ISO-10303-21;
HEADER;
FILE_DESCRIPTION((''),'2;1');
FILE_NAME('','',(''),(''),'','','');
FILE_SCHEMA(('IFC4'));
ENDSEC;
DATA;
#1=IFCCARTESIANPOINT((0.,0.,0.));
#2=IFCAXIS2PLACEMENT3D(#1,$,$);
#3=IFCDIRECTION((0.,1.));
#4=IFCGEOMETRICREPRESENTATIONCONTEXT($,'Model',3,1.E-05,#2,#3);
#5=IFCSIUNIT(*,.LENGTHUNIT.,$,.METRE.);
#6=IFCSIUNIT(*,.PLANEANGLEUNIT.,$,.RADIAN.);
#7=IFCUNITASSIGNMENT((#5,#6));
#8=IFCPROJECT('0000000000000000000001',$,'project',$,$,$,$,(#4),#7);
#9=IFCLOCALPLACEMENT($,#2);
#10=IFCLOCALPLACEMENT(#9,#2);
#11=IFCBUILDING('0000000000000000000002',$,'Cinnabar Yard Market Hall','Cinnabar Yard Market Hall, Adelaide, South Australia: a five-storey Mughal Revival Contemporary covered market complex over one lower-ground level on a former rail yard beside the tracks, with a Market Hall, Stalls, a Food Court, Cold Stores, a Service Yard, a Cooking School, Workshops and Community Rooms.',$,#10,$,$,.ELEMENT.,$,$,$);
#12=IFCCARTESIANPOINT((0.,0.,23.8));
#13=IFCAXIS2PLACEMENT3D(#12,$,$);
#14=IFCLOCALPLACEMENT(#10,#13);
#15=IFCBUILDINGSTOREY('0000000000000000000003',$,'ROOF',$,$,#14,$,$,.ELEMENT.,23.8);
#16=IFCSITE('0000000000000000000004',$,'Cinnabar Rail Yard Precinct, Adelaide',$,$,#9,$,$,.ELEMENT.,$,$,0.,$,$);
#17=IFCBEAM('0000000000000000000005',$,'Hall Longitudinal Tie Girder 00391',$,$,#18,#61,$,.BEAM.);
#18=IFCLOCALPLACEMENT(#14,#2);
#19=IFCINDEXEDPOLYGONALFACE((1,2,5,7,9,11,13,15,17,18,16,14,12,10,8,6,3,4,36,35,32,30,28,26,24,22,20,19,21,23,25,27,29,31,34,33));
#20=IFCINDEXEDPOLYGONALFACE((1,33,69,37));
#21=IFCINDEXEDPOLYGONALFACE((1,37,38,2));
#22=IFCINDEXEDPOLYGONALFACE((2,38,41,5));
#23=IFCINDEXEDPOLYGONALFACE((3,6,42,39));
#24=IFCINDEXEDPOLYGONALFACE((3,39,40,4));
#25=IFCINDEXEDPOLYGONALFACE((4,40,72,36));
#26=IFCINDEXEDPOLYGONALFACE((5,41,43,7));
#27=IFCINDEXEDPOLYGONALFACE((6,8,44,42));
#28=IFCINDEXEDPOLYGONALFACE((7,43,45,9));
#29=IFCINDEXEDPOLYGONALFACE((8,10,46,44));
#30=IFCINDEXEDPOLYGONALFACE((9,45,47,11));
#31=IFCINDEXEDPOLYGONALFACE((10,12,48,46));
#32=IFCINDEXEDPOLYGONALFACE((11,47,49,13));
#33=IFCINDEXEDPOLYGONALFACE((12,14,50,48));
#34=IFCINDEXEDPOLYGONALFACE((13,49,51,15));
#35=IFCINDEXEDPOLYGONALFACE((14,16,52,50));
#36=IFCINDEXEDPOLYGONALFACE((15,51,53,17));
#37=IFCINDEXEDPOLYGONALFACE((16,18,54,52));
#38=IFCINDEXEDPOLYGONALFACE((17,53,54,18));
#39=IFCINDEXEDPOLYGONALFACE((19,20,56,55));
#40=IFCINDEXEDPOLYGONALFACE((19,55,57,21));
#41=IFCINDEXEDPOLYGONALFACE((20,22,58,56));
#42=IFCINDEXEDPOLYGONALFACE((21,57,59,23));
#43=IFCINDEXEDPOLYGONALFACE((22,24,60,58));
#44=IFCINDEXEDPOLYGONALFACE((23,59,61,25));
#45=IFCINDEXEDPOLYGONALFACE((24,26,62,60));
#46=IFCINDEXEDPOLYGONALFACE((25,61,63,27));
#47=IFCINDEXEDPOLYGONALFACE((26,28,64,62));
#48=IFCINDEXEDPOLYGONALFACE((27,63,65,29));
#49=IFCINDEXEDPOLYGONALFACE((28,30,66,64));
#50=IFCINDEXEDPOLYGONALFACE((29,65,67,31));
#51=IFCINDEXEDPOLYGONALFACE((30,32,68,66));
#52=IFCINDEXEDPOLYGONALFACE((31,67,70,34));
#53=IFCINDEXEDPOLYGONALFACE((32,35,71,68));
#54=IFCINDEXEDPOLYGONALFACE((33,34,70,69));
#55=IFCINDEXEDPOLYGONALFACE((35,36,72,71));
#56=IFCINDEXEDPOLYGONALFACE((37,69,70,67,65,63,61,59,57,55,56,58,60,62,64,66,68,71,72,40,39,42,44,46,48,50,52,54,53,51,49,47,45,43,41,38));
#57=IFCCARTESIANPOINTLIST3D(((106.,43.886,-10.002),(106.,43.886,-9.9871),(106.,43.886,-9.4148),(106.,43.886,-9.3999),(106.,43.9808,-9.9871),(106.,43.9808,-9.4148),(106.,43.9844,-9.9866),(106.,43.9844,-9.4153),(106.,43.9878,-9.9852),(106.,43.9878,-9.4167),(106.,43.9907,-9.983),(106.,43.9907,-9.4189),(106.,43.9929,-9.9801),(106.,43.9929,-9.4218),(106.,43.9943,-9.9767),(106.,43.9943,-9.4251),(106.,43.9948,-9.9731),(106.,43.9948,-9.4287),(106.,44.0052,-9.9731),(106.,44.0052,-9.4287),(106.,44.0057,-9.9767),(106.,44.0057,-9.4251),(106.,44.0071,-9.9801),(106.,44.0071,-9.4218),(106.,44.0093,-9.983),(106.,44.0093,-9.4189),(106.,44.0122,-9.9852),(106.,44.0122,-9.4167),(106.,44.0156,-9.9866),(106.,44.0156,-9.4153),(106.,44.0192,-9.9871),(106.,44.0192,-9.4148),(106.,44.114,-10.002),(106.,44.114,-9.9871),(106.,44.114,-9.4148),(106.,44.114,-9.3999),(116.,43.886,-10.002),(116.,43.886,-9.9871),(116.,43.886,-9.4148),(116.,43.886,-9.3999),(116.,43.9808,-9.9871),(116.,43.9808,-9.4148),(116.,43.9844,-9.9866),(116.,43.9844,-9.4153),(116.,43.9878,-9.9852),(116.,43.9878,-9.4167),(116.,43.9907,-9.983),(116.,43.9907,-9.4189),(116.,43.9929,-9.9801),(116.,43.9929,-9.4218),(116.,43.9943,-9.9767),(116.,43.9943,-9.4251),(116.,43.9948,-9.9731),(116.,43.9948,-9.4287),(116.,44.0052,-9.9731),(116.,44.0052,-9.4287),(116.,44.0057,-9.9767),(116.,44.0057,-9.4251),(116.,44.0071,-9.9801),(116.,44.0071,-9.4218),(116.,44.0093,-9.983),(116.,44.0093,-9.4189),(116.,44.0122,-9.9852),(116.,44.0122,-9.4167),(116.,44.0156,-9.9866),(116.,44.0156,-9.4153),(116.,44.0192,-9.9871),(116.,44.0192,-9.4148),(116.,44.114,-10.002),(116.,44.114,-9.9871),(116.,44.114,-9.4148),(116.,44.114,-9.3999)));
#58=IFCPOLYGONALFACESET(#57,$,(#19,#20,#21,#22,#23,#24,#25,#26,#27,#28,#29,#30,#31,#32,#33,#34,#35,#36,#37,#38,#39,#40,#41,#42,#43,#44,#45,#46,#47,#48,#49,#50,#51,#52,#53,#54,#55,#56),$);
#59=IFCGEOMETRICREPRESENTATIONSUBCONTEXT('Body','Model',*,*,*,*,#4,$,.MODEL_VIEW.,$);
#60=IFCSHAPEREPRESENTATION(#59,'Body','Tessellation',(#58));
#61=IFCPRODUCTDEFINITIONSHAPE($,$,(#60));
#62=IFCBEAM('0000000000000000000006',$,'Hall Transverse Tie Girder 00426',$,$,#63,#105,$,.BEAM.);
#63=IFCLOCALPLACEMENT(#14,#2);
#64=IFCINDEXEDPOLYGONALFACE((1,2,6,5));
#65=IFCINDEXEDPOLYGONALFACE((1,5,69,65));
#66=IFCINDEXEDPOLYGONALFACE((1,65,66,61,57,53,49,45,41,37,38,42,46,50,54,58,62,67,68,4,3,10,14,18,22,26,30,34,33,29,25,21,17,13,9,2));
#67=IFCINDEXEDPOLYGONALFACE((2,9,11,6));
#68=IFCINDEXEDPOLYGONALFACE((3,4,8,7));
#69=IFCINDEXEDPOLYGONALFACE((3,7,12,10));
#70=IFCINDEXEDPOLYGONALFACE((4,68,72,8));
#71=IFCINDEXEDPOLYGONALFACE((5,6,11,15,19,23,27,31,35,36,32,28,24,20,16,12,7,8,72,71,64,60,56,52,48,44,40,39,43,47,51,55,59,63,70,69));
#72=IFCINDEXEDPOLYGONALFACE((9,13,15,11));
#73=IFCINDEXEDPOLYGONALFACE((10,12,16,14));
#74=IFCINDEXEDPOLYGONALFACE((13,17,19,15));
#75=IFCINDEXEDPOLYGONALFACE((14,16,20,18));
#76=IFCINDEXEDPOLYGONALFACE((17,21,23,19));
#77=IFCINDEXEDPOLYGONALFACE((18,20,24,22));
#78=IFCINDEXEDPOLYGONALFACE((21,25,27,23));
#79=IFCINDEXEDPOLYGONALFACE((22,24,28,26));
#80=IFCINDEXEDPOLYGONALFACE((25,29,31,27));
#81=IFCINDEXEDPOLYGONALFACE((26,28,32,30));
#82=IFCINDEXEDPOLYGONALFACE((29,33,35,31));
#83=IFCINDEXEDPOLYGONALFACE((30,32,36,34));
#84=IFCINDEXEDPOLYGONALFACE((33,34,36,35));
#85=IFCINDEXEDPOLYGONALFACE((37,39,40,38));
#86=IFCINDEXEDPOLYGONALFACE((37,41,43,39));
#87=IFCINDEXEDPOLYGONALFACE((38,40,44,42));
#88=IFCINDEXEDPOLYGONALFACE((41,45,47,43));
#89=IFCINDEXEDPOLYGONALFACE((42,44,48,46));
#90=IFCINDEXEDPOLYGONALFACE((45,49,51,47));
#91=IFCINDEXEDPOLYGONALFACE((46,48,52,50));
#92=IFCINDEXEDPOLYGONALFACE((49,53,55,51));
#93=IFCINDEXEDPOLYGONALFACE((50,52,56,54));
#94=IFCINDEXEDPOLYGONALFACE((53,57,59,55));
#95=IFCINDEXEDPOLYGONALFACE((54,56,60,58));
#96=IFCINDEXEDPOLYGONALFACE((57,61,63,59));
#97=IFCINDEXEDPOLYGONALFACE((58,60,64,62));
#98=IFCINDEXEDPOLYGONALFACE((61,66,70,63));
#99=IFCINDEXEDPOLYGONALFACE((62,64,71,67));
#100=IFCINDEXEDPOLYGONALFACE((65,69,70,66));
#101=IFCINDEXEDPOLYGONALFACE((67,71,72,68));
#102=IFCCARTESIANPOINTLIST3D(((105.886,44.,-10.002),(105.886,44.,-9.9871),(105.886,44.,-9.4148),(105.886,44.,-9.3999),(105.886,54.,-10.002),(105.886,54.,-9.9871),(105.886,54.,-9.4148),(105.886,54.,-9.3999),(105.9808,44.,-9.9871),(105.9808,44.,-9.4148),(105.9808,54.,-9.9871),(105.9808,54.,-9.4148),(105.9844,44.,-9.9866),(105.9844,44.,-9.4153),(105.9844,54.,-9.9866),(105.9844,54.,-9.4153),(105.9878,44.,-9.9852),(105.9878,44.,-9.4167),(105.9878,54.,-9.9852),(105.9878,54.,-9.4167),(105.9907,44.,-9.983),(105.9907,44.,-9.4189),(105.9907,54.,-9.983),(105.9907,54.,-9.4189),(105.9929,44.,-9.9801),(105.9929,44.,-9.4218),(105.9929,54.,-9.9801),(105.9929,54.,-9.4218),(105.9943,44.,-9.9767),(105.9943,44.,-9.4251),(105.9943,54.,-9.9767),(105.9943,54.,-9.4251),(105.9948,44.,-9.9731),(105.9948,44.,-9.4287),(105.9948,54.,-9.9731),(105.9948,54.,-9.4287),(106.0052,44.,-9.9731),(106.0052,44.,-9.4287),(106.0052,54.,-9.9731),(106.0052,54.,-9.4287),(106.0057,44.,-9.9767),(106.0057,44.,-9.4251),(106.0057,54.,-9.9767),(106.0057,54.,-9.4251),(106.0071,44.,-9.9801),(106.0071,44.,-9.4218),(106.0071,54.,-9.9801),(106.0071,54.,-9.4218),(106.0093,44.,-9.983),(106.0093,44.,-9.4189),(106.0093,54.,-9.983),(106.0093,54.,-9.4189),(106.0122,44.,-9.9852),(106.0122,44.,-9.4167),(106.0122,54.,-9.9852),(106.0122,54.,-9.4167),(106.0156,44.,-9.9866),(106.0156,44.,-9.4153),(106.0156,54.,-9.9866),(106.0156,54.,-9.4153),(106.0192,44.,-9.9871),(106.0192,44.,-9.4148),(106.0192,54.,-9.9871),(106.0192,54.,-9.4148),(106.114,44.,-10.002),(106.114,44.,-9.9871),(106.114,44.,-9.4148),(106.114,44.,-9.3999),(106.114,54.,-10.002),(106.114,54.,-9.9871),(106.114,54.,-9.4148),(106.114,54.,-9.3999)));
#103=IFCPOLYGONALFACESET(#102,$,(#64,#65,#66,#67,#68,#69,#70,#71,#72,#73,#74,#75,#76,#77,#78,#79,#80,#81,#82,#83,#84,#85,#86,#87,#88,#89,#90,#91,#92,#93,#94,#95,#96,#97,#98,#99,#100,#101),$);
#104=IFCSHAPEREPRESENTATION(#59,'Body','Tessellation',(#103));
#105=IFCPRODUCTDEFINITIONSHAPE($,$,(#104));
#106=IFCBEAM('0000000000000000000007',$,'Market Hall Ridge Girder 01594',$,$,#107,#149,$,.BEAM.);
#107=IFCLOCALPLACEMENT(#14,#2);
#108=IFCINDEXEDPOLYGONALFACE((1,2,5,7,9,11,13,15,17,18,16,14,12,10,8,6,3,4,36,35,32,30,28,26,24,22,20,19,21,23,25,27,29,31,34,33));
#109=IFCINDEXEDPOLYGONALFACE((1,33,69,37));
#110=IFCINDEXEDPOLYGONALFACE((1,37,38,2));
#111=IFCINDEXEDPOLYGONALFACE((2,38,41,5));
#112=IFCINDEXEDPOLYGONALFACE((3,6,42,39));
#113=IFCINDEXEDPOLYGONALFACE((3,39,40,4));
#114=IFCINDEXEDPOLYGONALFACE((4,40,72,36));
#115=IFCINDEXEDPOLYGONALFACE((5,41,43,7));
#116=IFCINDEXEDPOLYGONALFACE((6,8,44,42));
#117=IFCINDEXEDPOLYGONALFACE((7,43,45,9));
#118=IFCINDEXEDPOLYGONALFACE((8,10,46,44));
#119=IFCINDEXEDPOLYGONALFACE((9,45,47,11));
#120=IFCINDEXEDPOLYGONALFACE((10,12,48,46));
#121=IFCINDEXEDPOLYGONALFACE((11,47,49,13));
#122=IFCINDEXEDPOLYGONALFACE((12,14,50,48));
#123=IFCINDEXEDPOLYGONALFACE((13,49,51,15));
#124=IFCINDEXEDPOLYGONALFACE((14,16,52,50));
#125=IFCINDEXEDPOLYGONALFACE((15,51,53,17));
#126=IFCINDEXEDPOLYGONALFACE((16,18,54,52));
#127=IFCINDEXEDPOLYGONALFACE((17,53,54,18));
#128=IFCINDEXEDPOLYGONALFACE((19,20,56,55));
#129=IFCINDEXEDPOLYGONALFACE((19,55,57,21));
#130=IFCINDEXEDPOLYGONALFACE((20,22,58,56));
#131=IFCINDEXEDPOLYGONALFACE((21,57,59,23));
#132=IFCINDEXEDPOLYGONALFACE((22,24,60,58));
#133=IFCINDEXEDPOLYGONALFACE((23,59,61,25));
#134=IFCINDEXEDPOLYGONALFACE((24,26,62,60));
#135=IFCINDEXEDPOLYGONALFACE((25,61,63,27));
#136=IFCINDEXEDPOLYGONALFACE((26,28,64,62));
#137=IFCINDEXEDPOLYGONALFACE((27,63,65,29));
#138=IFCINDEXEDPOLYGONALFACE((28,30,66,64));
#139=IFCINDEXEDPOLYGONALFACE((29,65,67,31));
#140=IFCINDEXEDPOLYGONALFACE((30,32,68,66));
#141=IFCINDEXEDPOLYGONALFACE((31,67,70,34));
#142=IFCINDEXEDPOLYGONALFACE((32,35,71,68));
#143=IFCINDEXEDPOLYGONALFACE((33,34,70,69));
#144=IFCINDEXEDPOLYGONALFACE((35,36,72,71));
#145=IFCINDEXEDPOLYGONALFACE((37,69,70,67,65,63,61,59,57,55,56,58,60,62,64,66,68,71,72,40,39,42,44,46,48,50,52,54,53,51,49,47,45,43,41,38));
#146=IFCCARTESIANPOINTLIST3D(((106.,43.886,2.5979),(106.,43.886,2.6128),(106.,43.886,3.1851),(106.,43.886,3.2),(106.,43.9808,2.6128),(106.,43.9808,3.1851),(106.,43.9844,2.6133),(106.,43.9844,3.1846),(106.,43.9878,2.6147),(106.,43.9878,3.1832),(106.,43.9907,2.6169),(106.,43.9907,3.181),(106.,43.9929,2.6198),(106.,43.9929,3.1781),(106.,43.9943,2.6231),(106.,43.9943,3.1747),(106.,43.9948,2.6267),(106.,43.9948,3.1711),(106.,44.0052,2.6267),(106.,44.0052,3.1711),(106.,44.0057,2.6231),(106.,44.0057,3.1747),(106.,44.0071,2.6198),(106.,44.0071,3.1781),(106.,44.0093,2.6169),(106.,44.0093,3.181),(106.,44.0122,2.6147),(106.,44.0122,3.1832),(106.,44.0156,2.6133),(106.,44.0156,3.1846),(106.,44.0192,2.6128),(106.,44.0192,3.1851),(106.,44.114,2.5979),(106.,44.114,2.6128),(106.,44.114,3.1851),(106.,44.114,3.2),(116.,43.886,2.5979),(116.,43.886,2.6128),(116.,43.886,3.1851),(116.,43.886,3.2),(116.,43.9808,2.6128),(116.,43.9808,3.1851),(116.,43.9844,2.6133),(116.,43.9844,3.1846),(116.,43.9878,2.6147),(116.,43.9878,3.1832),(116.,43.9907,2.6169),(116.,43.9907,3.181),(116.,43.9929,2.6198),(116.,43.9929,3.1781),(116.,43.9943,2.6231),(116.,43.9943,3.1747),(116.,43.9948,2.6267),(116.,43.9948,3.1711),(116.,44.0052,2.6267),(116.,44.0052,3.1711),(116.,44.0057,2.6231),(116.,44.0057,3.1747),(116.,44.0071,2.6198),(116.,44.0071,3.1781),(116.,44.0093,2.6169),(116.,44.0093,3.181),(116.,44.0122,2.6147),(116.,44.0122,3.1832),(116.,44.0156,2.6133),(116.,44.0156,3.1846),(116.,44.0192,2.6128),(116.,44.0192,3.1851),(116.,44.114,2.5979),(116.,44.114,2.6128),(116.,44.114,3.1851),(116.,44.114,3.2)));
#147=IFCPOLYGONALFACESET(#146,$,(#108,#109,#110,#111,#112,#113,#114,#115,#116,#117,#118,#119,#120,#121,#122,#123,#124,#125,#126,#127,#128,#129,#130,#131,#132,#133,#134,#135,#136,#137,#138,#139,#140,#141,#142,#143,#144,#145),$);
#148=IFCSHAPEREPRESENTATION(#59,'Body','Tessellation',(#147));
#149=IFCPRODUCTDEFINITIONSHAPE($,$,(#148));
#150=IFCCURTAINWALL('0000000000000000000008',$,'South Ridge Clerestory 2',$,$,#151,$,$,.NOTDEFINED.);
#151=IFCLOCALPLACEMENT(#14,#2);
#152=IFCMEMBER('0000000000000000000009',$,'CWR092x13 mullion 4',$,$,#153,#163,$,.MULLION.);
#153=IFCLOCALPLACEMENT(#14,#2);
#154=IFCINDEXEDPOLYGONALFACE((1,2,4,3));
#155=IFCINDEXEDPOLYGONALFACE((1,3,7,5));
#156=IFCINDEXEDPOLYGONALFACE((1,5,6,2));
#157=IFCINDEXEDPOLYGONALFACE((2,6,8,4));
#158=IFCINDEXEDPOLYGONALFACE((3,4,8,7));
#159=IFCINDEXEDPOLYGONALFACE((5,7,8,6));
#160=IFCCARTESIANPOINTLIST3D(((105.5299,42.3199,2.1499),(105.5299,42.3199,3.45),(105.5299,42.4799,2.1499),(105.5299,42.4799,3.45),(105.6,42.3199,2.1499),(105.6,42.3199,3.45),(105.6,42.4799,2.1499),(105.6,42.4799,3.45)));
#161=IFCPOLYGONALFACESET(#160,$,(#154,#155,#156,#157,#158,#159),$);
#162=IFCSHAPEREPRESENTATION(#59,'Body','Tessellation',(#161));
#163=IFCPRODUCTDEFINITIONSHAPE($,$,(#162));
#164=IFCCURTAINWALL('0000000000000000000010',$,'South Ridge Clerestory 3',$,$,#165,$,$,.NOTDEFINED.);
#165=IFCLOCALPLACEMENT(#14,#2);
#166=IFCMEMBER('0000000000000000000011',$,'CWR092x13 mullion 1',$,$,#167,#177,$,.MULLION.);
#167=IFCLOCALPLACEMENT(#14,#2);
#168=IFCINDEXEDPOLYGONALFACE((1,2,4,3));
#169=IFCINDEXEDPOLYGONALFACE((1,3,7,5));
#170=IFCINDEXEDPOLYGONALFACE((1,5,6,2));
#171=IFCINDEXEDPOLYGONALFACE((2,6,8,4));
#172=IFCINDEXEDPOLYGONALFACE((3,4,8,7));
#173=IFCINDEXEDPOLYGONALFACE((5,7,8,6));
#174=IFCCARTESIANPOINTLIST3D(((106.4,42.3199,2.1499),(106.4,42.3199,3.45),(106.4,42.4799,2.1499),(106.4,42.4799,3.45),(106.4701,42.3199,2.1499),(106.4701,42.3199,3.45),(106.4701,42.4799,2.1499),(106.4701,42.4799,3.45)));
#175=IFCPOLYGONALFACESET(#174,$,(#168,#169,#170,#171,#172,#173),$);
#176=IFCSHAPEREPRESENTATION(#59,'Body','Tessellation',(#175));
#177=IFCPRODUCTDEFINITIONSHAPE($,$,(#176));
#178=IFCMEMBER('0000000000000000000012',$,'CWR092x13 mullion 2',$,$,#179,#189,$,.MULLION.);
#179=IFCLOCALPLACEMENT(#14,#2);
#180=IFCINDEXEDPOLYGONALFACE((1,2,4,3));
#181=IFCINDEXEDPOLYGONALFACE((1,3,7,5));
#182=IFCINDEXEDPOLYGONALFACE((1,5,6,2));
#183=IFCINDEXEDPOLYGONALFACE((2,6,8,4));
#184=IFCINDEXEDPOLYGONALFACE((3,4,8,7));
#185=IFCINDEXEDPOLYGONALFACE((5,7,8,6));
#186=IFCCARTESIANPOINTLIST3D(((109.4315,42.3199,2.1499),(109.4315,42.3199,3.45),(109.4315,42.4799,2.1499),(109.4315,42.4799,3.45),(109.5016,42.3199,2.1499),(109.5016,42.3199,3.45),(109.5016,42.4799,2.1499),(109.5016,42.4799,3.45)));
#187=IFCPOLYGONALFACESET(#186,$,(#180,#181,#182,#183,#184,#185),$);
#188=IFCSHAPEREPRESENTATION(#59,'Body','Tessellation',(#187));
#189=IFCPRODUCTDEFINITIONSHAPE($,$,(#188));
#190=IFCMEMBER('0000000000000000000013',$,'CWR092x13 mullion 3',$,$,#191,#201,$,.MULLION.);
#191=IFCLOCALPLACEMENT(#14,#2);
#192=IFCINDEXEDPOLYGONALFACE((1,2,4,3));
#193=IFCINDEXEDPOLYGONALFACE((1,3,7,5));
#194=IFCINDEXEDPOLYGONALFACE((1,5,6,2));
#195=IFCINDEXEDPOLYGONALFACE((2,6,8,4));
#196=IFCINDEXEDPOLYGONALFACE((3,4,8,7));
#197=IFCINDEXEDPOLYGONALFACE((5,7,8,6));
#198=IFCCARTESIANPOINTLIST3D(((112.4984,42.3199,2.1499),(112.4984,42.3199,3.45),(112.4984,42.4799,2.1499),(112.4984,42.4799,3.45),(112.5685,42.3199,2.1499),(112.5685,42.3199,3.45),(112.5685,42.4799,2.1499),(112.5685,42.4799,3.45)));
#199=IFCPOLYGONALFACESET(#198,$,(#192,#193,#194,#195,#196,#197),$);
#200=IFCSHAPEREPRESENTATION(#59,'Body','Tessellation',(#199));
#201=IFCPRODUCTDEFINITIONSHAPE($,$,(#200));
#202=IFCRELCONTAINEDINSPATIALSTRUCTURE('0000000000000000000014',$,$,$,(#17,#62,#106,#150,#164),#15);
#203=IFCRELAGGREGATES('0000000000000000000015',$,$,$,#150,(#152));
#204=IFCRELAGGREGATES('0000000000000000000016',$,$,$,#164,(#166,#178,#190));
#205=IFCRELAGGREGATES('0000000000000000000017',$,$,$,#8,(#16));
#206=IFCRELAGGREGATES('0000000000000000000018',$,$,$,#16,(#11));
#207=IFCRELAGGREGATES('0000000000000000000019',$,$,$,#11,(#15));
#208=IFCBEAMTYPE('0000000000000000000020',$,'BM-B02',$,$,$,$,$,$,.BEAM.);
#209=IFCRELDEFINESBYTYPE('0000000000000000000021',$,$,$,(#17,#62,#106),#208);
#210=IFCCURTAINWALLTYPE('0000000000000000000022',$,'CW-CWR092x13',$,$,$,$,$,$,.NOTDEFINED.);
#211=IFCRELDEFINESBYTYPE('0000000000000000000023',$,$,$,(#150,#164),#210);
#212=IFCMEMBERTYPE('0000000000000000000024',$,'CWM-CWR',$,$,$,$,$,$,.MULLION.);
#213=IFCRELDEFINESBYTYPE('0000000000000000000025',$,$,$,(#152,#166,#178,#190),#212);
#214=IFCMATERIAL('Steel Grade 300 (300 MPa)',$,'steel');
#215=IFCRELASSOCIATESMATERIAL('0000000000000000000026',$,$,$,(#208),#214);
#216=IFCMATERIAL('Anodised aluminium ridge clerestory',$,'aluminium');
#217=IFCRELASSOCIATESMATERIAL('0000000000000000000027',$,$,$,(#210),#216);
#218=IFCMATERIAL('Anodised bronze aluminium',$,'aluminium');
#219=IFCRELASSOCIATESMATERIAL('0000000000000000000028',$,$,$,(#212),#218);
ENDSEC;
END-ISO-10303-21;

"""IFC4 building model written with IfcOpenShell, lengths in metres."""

from ifc_helpers import new_model, si_unit, direction, frame, origin, origin_2d_with_axis, place, context, subcontext, project, spatial, rectangle, i_section, extrude, material, material_profile, profile_set, type_object, element, aggregate, save


model = new_model("IFC4")

# Units and contexts
model_context = context("Model", 3, precision=1e-05, world=origin(), true_north=direction((0.0, 1.0)))
body_context = subcontext(model_context, "Body", "Model", "MODEL_VIEW")
ifc_project = project(units=[si_unit("LENGTHUNIT", "METRE"), si_unit("PLANEANGLEUNIT", "RADIAN")], contexts=[model_context])

# Site, building, storey
site_placement = place(None, origin())
site = spatial("IfcSite", under=ifc_project, at=site_placement, Name="Cinnabar Rail Yard Precinct, Adelaide", CompositionType="ELEMENT", RefElevation=0.0)
building_placement = place(site_placement, origin())
building = spatial("IfcBuilding", under=site, at=building_placement, Name="Cinnabar Yard Market Hall", Description="Cinnabar Yard Market Hall, Adelaide, South Australia: a five-storey Mughal Revival Contemporary covered market complex over one lower-ground level on a former rail yard beside the tracks, with a Market Hall, Stalls, a Food Court, Cold Stores, a Service Yard, a Cooking School, Workshops and Community Rooms.", CompositionType="ELEMENT")
storey_placement = place(building_placement, frame((0.0, 0.0, 23.8)))
storey = spatial("IfcBuildingStorey", under=building, at=storey_placement, Name="ROOF", CompositionType="ELEMENT", Elevation=23.8)

# Beams
ifc_material_1 = material(Name="Steel Grade 300 (300 MPa)", Category="steel")
ifc_material_profile_1 = material_profile(ifc_material_1, i_section(OverallWidth=0.228, OverallDepth=0.6021, WebThickness=0.0105, FlangeThickness=0.0149, FilletRadius=0.0139, at=origin_2d_with_axis()), Name="610UB101")
ifc_profile_set_1 = profile_set([ifc_material_profile_1], Name="Steel Grade 300 (300 MPa)")
beam_type = type_object("IfcBeamType", Name="BM-B02", PredefinedType="BEAM", material=ifc_profile_set_1)
for number, where, z_axis, x_axis, name in (
    (1, (106.0, 44.0, -9.7009), (1.0, 0.0, 0.0), (0.0, 1.0, 0.0), "Hall Longitudinal Tie Girder 00391"),
    (2, (106.0, 44.0, -9.7009), (0.0, 1.0, 0.0), (-1.0, 0.0, 0.0), "Hall Transverse Tie Girder 00426"),
    (3, (106.0, 44.0, 2.8989), (1.0, 0.0, 0.0), (0.0, 1.0, 0.0), "Market Hall Ridge Girder 01594"),
):
    element("IfcBeam", number, at=place(storey_placement, frame(where, z_axis=z_axis, x_axis=x_axis)), inside=storey, type_object=beam_type, Name=name, PredefinedType="BEAM", context=body_context, shape_type="SweptSolid", body=[
        extrude(i_section(OverallWidth=0.228, OverallDepth=0.6021, WebThickness=0.0105, FlangeThickness=0.0149, FilletRadius=0.0139, at=origin_2d_with_axis()), origin(), (0.0, 0.0, 1.0), 10.0),
    ])

# Curtain wall, member
ifc_material_2 = material(Name="Anodised aluminium ridge clerestory", Category="aluminium")
curtain_wall_type = type_object("IfcCurtainWallType", Name="CW-CWR092x13", PredefinedType="NOTDEFINED", material=ifc_material_2)
curtain_wall_1_placement = place(storey_placement, origin())
curtain_wall_1 = element("IfcCurtainWall", 4, at=curtain_wall_1_placement, inside=storey, type_object=curtain_wall_type, Name="South Ridge Clerestory 2", PredefinedType="NOTDEFINED")
ifc_material_3 = material(Name="Anodised bronze aluminium", Category="aluminium")
ifc_material_profile_2 = material_profile(ifc_material_3, rectangle(XDim=0.1599, YDim=0.0701, at=origin_2d_with_axis()), Name="MUL-CWR")
ifc_profile_set_2 = profile_set([ifc_material_profile_2], Name="Anodised bronze aluminium")
member_type_1 = type_object("IfcMemberType", Name="CWM-CWR", PredefinedType="MULLION", material=ifc_profile_set_2)
member_1_placement = place(storey_placement, frame((105.5649, 42.3999, 2.1499), z_axis=(0.0, 0.0, 1.0), x_axis=(0.0, 1.0, 0.0)))
member_1 = element("IfcMember", 5, at=member_1_placement, type_object=member_type_1, Name="CWR092x13 mullion 4", PredefinedType="MULLION", context=body_context, shape_type="SweptSolid", body=[
    extrude(rectangle(XDim=0.1599, YDim=0.0701, at=origin_2d_with_axis()), origin(), (0.0, 0.0, 1.0), 1.3),
])

# Curtain wall, members
curtain_wall_2_placement = place(storey_placement, origin())
curtain_wall_2 = element("IfcCurtainWall", 6, at=curtain_wall_2_placement, inside=storey, type_object=curtain_wall_type, Name="South Ridge Clerestory 3", PredefinedType="NOTDEFINED")
member_2_placement = place(storey_placement, frame((106.4351, 42.3999, 2.1499), z_axis=(0.0, 0.0, 1.0), x_axis=(0.0, 1.0, 0.0)))
member_2 = element("IfcMember", 7, at=member_2_placement, type_object=member_type_1, Name="CWR092x13 mullion 1", PredefinedType="MULLION", context=body_context, shape_type="SweptSolid", body=[
    extrude(rectangle(XDim=0.1599, YDim=0.0701, at=origin_2d_with_axis()), origin(), (0.0, 0.0, 1.0), 1.3),
])
member_3_placement = place(storey_placement, frame((109.4666, 42.3999, 2.1499), z_axis=(0.0, 0.0, 1.0), x_axis=(0.0, 1.0, 0.0)))
member_3 = element("IfcMember", 8, at=member_3_placement, type_object=member_type_1, Name="CWR092x13 mullion 2", PredefinedType="MULLION", context=body_context, shape_type="SweptSolid", body=[
    extrude(rectangle(XDim=0.1599, YDim=0.0701, at=origin_2d_with_axis()), origin(), (0.0, 0.0, 1.0), 1.3),
])
member_4_placement = place(storey_placement, frame((112.5334, 42.3999, 2.1499), z_axis=(0.0, 0.0, 1.0), x_axis=(0.0, 1.0, 0.0)))
member_4 = element("IfcMember", 9, at=member_4_placement, type_object=member_type_1, Name="CWR092x13 mullion 3", PredefinedType="MULLION", context=body_context, shape_type="SweptSolid", body=[
    extrude(rectangle(XDim=0.1599, YDim=0.0701, at=origin_2d_with_axis()), origin(), (0.0, 0.0, 1.0), 1.3),
])

aggregate(curtain_wall_1, [member_1])
aggregate(curtain_wall_2, [member_2, member_3, member_4])

save(model, "model.ifc")
